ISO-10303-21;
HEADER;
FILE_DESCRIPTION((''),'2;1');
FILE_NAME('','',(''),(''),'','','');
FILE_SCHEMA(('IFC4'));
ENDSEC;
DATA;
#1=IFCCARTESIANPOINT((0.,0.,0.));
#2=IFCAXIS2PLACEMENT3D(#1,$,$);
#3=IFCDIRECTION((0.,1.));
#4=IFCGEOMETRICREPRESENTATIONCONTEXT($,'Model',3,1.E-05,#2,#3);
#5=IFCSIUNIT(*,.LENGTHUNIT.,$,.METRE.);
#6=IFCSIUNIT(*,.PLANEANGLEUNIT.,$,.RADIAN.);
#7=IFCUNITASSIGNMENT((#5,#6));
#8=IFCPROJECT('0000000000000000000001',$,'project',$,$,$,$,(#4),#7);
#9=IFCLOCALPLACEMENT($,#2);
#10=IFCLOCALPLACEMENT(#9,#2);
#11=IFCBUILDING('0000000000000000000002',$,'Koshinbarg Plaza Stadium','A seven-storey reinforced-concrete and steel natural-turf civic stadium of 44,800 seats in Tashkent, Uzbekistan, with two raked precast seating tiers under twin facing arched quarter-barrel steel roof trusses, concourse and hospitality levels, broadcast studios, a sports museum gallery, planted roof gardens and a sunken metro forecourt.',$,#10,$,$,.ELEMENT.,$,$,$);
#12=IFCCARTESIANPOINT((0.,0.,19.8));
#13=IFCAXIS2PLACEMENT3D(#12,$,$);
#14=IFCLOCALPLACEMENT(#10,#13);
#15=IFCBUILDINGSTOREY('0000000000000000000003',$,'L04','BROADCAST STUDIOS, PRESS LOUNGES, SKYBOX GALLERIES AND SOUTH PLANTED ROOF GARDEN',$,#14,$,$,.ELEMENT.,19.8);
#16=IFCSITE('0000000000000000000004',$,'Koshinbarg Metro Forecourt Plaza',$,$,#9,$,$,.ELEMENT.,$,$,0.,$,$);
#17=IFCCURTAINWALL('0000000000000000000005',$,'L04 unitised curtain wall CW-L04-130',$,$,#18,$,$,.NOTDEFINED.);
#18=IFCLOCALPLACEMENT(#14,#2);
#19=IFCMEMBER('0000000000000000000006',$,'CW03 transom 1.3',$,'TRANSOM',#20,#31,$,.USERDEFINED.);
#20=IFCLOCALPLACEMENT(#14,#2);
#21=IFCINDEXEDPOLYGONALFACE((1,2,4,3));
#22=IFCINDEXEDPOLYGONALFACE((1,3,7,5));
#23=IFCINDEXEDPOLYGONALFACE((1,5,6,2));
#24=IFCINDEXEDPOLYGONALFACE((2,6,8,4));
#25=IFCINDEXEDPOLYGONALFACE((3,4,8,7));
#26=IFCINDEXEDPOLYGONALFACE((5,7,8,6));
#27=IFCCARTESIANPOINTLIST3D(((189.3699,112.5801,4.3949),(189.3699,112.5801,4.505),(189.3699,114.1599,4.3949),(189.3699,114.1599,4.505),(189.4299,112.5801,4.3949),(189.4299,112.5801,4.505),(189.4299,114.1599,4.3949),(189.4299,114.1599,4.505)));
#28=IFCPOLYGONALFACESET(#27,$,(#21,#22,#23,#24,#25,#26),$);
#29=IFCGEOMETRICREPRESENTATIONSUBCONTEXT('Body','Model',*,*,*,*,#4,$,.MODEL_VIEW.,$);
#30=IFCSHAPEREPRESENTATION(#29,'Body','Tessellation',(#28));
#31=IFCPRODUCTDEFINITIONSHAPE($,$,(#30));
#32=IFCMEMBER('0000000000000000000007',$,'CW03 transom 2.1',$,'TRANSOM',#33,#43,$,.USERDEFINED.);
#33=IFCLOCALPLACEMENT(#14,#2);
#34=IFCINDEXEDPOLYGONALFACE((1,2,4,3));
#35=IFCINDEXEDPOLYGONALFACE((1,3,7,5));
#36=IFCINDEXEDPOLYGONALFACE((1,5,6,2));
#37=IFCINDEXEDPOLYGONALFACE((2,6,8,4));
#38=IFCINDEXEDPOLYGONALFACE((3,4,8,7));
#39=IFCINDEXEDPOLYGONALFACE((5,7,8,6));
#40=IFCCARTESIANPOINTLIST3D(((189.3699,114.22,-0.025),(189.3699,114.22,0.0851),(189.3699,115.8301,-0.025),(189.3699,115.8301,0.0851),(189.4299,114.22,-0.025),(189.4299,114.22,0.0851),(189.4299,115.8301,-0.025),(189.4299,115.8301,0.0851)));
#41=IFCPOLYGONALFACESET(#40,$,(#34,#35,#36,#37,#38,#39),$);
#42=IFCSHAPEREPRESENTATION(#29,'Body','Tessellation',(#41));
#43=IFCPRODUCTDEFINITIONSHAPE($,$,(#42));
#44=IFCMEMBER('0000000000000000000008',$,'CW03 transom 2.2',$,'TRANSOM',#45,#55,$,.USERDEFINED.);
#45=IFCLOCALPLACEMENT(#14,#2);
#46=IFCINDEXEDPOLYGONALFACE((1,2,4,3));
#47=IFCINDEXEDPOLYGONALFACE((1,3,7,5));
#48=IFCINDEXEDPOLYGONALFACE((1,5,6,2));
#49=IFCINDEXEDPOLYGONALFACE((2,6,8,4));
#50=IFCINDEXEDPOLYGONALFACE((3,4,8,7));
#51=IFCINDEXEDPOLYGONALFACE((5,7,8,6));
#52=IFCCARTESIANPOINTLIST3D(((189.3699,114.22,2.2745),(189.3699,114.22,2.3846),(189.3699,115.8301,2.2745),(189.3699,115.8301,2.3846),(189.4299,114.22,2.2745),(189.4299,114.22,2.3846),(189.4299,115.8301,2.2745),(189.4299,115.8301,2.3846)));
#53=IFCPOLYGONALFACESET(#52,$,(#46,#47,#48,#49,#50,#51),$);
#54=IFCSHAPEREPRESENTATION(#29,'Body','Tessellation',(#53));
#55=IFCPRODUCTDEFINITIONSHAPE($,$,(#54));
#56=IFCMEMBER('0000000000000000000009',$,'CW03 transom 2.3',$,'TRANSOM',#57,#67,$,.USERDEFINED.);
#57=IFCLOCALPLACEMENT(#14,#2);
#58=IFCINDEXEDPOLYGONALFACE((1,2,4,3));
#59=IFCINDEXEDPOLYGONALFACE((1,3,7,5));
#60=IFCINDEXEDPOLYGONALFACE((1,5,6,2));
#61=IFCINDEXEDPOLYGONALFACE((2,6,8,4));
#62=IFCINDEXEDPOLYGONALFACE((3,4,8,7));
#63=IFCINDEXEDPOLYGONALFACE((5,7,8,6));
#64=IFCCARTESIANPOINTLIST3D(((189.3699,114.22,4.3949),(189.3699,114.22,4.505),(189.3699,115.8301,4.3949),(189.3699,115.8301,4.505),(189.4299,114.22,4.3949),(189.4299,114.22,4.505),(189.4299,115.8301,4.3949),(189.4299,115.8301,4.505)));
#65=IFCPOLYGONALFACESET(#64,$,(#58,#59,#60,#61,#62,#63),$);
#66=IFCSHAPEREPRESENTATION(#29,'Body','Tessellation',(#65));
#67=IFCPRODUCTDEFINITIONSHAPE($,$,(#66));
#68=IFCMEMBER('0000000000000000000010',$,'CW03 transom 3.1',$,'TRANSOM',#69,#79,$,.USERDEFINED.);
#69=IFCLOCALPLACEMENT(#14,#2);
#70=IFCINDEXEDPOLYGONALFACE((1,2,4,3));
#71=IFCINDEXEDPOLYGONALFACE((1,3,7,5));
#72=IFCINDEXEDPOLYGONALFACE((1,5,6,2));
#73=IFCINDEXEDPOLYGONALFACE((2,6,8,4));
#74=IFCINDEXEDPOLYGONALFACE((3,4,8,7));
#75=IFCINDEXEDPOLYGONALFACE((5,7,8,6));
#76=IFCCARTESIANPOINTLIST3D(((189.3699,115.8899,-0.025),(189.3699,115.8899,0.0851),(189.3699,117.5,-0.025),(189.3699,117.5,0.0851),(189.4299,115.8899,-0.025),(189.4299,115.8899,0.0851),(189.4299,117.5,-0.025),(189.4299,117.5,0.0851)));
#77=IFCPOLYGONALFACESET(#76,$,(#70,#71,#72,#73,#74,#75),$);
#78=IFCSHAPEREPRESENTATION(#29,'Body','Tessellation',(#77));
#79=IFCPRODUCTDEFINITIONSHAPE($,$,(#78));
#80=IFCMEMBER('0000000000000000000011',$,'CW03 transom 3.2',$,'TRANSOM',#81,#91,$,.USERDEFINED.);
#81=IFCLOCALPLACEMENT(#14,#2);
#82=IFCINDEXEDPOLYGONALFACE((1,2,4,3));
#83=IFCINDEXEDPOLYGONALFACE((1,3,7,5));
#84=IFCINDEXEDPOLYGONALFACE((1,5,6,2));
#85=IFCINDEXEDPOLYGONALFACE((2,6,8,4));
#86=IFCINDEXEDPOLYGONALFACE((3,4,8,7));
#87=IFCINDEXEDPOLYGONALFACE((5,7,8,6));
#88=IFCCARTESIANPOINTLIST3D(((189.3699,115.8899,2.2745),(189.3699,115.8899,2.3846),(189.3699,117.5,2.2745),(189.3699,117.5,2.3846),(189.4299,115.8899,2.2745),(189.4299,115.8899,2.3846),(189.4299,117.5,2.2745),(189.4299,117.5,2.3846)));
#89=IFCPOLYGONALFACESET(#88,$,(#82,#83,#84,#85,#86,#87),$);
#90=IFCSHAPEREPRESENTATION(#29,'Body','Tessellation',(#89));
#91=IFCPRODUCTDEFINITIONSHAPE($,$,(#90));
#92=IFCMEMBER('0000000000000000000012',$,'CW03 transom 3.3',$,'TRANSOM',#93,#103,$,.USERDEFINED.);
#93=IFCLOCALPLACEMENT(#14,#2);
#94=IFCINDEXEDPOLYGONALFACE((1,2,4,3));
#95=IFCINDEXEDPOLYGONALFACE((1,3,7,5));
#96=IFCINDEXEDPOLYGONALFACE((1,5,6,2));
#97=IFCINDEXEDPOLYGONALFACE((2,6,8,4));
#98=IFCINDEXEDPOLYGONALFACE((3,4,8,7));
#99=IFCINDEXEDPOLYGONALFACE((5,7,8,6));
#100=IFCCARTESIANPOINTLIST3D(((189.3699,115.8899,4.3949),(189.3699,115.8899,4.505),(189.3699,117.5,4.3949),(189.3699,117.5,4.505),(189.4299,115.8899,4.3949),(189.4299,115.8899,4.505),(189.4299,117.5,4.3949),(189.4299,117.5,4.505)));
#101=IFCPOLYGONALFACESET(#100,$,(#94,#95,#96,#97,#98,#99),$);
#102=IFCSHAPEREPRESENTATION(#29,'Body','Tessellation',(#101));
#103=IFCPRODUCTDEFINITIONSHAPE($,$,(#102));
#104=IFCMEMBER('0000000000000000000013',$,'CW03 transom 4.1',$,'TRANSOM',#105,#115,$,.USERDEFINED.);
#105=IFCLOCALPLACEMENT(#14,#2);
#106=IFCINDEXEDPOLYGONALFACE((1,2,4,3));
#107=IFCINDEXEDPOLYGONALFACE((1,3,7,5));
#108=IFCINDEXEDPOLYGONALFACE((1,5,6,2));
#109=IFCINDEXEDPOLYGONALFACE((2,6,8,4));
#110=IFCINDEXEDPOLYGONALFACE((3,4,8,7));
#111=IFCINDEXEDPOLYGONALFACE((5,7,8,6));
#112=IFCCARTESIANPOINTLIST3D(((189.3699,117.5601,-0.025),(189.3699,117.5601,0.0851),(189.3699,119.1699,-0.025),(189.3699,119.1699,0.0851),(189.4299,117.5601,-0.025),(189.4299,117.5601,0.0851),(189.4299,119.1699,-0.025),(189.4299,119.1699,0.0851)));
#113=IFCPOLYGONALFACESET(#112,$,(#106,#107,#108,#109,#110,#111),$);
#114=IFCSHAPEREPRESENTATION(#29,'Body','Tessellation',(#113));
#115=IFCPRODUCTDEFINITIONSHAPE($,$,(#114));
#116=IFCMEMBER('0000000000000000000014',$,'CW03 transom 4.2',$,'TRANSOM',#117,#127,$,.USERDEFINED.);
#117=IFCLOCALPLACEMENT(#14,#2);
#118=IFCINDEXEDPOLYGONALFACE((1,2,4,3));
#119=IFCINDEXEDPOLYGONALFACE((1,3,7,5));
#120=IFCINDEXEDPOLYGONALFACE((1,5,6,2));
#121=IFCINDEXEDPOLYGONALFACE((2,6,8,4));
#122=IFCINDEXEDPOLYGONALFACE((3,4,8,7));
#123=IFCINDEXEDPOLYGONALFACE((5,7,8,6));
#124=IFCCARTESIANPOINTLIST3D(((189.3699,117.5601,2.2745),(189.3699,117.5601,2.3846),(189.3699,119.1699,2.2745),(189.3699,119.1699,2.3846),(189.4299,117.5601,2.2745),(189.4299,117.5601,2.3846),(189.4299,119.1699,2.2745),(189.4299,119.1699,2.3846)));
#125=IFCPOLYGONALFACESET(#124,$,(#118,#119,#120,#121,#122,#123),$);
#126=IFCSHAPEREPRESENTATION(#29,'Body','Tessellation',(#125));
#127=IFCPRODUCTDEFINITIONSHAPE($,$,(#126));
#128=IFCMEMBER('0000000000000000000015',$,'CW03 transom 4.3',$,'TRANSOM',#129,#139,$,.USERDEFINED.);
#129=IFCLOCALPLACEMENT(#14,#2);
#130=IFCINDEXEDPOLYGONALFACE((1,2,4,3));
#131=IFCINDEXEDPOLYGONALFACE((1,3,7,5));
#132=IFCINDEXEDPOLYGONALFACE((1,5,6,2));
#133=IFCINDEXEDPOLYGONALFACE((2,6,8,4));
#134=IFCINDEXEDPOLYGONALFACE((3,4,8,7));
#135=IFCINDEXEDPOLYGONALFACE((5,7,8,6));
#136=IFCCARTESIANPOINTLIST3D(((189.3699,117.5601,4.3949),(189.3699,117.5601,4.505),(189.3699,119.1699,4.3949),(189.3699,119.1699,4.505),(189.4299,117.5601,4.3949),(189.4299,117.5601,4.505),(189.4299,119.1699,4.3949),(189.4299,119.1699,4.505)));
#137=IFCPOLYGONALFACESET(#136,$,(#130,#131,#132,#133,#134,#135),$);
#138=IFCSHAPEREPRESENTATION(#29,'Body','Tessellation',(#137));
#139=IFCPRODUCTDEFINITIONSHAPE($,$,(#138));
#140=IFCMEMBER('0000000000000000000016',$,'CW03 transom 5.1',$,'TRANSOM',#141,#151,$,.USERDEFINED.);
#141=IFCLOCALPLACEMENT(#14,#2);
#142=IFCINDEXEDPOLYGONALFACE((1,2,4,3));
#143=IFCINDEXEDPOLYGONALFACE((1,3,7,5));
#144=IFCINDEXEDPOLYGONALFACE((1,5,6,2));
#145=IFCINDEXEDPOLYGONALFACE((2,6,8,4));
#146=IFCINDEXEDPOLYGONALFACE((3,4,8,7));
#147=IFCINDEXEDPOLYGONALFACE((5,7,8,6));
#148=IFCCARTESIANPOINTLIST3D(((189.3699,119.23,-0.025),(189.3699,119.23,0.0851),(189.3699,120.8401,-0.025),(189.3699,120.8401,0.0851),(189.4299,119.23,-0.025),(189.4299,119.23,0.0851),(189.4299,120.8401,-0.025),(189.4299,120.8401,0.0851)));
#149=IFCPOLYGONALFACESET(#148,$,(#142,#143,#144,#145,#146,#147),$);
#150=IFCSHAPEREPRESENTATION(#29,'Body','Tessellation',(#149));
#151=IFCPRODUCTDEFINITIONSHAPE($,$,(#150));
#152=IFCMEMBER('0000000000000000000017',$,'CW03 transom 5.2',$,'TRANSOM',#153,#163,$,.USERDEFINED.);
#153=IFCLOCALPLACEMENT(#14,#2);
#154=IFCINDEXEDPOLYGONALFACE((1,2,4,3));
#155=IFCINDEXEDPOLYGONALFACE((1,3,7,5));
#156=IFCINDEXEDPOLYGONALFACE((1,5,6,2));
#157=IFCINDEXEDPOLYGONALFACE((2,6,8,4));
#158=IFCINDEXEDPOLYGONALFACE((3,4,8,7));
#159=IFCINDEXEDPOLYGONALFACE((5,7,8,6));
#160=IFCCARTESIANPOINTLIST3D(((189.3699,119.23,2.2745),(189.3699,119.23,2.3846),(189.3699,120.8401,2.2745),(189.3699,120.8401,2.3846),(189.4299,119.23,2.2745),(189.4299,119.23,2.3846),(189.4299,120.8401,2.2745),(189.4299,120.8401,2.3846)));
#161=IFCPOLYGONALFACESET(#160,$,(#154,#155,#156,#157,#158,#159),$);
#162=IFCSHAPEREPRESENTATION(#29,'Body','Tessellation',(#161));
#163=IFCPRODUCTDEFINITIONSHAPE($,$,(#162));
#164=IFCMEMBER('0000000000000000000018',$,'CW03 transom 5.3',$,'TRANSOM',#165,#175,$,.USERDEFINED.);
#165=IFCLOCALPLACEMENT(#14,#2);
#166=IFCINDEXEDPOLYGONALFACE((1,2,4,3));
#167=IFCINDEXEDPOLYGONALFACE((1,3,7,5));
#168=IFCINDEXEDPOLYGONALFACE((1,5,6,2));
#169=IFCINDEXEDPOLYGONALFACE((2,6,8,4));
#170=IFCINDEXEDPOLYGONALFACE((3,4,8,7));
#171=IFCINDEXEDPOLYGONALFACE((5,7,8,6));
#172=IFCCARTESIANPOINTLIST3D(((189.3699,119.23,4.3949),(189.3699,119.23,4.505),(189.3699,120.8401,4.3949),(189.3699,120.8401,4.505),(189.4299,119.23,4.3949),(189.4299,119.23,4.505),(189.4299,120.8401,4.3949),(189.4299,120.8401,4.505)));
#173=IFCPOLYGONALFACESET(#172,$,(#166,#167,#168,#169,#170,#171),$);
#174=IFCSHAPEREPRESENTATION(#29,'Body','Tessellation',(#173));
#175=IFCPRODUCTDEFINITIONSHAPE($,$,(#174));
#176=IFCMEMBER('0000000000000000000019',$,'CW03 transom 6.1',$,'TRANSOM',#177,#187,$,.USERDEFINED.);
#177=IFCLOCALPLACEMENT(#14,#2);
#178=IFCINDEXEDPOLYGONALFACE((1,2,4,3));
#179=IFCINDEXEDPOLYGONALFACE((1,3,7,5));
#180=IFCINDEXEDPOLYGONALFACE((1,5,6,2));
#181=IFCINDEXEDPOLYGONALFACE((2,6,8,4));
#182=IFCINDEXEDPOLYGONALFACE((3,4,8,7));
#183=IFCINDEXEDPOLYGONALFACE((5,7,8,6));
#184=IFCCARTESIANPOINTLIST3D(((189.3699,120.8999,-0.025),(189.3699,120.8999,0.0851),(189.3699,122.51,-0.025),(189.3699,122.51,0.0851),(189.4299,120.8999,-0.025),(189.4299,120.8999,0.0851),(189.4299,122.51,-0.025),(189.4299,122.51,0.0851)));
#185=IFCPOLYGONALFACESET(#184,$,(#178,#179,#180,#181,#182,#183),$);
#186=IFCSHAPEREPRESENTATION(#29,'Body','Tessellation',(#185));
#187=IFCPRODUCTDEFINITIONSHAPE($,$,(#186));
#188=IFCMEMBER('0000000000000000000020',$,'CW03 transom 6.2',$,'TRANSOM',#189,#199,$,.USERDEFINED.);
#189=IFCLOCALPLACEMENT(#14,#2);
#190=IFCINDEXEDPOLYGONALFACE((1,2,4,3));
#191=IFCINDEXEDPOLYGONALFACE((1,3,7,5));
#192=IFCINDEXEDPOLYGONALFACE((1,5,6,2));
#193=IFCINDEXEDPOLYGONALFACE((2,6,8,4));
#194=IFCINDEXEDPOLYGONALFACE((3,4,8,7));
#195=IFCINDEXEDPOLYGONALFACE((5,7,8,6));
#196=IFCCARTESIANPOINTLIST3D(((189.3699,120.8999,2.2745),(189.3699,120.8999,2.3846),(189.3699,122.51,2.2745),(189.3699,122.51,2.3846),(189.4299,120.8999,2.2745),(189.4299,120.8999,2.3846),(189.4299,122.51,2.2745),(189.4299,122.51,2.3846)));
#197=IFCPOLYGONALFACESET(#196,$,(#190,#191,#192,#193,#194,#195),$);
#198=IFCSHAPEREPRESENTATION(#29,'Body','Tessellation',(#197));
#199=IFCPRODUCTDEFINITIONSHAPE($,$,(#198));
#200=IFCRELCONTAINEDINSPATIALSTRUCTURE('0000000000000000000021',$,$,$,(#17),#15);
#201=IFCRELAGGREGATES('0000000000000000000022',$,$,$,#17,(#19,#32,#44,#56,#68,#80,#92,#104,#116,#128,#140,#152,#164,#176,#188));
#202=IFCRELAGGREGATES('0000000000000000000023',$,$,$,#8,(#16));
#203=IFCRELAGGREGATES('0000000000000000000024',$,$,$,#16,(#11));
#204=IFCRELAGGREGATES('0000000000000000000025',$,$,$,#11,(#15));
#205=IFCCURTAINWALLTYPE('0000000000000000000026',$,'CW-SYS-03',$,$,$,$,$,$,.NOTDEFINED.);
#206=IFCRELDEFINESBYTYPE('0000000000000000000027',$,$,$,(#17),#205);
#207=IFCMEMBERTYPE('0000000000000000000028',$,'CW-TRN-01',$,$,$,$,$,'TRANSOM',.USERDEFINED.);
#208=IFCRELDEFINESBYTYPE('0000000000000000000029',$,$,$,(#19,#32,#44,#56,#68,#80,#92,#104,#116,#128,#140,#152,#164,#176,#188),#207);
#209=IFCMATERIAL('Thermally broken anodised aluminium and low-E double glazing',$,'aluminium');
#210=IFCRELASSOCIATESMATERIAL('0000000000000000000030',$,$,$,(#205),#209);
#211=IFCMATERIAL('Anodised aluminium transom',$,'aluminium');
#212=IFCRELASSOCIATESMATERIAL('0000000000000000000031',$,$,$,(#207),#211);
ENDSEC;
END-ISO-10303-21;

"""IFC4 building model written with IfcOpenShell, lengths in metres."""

from ifc_helpers import new_model, si_unit, direction, frame, origin, origin_2d, place, context, subcontext, project, spatial, rectangle, extrude, material, material_profile, profile_set, type_object, element, aggregate, save


model = new_model("IFC4")

# Units and contexts
model_context = context("Model", 3, precision=1e-05, world=origin(), true_north=direction((0.0, 1.0)))
body_context = subcontext(model_context, "Body", "Model", "MODEL_VIEW")
ifc_project = project(units=[si_unit("LENGTHUNIT", "METRE"), si_unit("PLANEANGLEUNIT", "RADIAN")], contexts=[model_context])

# Site, building, storey
site_placement = place(None, origin())
site = spatial("IfcSite", under=ifc_project, at=site_placement, Name="Koshinbarg Metro Forecourt Plaza", CompositionType="ELEMENT", RefElevation=0.0)
building_placement = place(site_placement, origin())
building = spatial("IfcBuilding", under=site, at=building_placement, Name="Koshinbarg Plaza Stadium", Description="A seven-storey reinforced-concrete and steel natural-turf civic stadium of 44,800 seats in Tashkent, Uzbekistan, with two raked precast seating tiers under twin facing arched quarter-barrel steel roof trusses, concourse and hospitality levels, broadcast studios, a sports museum gallery, planted roof gardens and a sunken metro forecourt.", CompositionType="ELEMENT")
storey_placement = place(building_placement, frame((0.0, 0.0, 19.8)))
storey = spatial("IfcBuildingStorey", under=building, at=storey_placement, Name="L04", Description="BROADCAST STUDIOS, PRESS LOUNGES, SKYBOX GALLERIES AND SOUTH PLANTED ROOF GARDEN", CompositionType="ELEMENT", Elevation=19.8)

# Curtain wall, members
ifc_material_1 = material(Name="Thermally broken anodised aluminium and low-E double glazing", Category="aluminium")
curtain_wall_type = type_object("IfcCurtainWallType", Name="CW-SYS-03", PredefinedType="NOTDEFINED", material=ifc_material_1)
curtain_wall_placement = place(storey_placement, origin())
curtain_wall = element("IfcCurtainWall", 1, at=curtain_wall_placement, inside=storey, type_object=curtain_wall_type, Name="L04 unitised curtain wall CW-L04-130", PredefinedType="NOTDEFINED")
ifc_material_2 = material(Name="Anodised aluminium transom", Category="aluminium")
ifc_material_profile_1 = material_profile(ifc_material_2, rectangle(XDim=0.0601, YDim=0.1101, at=origin_2d()), Name="ALU 60x110")
ifc_profile_set_1 = profile_set([ifc_material_profile_1], Name="Anodised aluminium transom")
member_type_1 = type_object("IfcMemberType", Name="CW-TRN-01", ElementType="TRANSOM", PredefinedType="USERDEFINED", material=ifc_profile_set_1)
member_1_placement = place(storey_placement, frame((189.3999, 112.5801, 4.45), z_axis=(0.0, 1.0, 0.0), x_axis=(-1.0, 0.0, 0.0)))
member_1 = element("IfcMember", 2, at=member_1_placement, type_object=member_type_1, Name="CW03 transom 1.3", ObjectType="TRANSOM", PredefinedType="USERDEFINED", context=body_context, shape_type="SweptSolid", body=[
    extrude(rectangle(XDim=0.0601, YDim=0.1101, at=origin_2d()), origin(), (0.0, 0.0, 1.0), 1.5798),
])
member_2_placement = place(storey_placement, frame((189.3999, 114.22, 0.03), z_axis=(0.0, 1.0, 0.0), x_axis=(-1.0, 0.0, 0.0)))
member_2 = element("IfcMember", 3, at=member_2_placement, type_object=member_type_1, Name="CW03 transom 2.1", ObjectType="TRANSOM", PredefinedType="USERDEFINED", context=body_context, shape_type="SweptSolid", body=[
    extrude(rectangle(XDim=0.0601, YDim=0.1101, at=origin_2d()), origin(), (0.0, 0.0, 1.0), 1.6101),
])
member_3_placement = place(storey_placement, frame((189.3999, 114.22, 2.3296), z_axis=(0.0, 1.0, 0.0), x_axis=(-1.0, 0.0, 0.0)))
member_3 = element("IfcMember", 4, at=member_3_placement, type_object=member_type_1, Name="CW03 transom 2.2", ObjectType="TRANSOM", PredefinedType="USERDEFINED", context=body_context, shape_type="SweptSolid", body=[
    extrude(rectangle(XDim=0.0601, YDim=0.1101, at=origin_2d()), origin(), (0.0, 0.0, 1.0), 1.6101),
])
member_4_placement = place(storey_placement, frame((189.3999, 114.22, 4.45), z_axis=(0.0, 1.0, 0.0), x_axis=(-1.0, 0.0, 0.0)))
member_4 = element("IfcMember", 5, at=member_4_placement, type_object=member_type_1, Name="CW03 transom 2.3", ObjectType="TRANSOM", PredefinedType="USERDEFINED", context=body_context, shape_type="SweptSolid", body=[
    extrude(rectangle(XDim=0.0601, YDim=0.1101, at=origin_2d()), origin(), (0.0, 0.0, 1.0), 1.6101),
])
member_5_placement = place(storey_placement, frame((189.3999, 115.8899, 0.03), z_axis=(0.0, 1.0, 0.0), x_axis=(-1.0, 0.0, 0.0)))
member_5 = element("IfcMember", 6, at=member_5_placement, type_object=member_type_1, Name="CW03 transom 3.1", ObjectType="TRANSOM", PredefinedType="USERDEFINED", context=body_context, shape_type="SweptSolid", body=[
    extrude(rectangle(XDim=0.0601, YDim=0.1101, at=origin_2d()), origin(), (0.0, 0.0, 1.0), 1.6101),
])
member_6_placement = place(storey_placement, frame((189.3999, 115.8899, 2.3296), z_axis=(0.0, 1.0, 0.0), x_axis=(-1.0, 0.0, 0.0)))
member_6 = element("IfcMember", 7, at=member_6_placement, type_object=member_type_1, Name="CW03 transom 3.2", ObjectType="TRANSOM", PredefinedType="USERDEFINED", context=body_context, shape_type="SweptSolid", body=[
    extrude(rectangle(XDim=0.0601, YDim=0.1101, at=origin_2d()), origin(), (0.0, 0.0, 1.0), 1.6101),
])
member_7_placement = place(storey_placement, frame((189.3999, 115.8899, 4.45), z_axis=(0.0, 1.0, 0.0), x_axis=(-1.0, 0.0, 0.0)))
member_7 = element("IfcMember", 8, at=member_7_placement, type_object=member_type_1, Name="CW03 transom 3.3", ObjectType="TRANSOM", PredefinedType="USERDEFINED", context=body_context, shape_type="SweptSolid", body=[
    extrude(rectangle(XDim=0.0601, YDim=0.1101, at=origin_2d()), origin(), (0.0, 0.0, 1.0), 1.6101),
])
member_8_placement = place(storey_placement, frame((189.3999, 117.5601, 0.03), z_axis=(0.0, 1.0, 0.0), x_axis=(-1.0, 0.0, 0.0)))
member_8 = element("IfcMember", 9, at=member_8_placement, type_object=member_type_1, Name="CW03 transom 4.1", ObjectType="TRANSOM", PredefinedType="USERDEFINED", context=body_context, shape_type="SweptSolid", body=[
    extrude(rectangle(XDim=0.0601, YDim=0.1101, at=origin_2d()), origin(), (0.0, 0.0, 1.0), 1.6099),
])
member_9_placement = place(storey_placement, frame((189.3999, 117.5601, 2.3296), z_axis=(0.0, 1.0, 0.0), x_axis=(-1.0, 0.0, 0.0)))
member_9 = element("IfcMember", 10, at=member_9_placement, type_object=member_type_1, Name="CW03 transom 4.2", ObjectType="TRANSOM", PredefinedType="USERDEFINED", context=body_context, shape_type="SweptSolid", body=[
    extrude(rectangle(XDim=0.0601, YDim=0.1101, at=origin_2d()), origin(), (0.0, 0.0, 1.0), 1.6099),
])
member_10_placement = place(storey_placement, frame((189.3999, 117.5601, 4.45), z_axis=(0.0, 1.0, 0.0), x_axis=(-1.0, 0.0, 0.0)))
member_10 = element("IfcMember", 11, at=member_10_placement, type_object=member_type_1, Name="CW03 transom 4.3", ObjectType="TRANSOM", PredefinedType="USERDEFINED", context=body_context, shape_type="SweptSolid", body=[
    extrude(rectangle(XDim=0.0601, YDim=0.1101, at=origin_2d()), origin(), (0.0, 0.0, 1.0), 1.6099),
])
member_11_placement = place(storey_placement, frame((189.3999, 119.23, 0.03), z_axis=(0.0, 1.0, 0.0), x_axis=(-1.0, 0.0, 0.0)))
member_11 = element("IfcMember", 12, at=member_11_placement, type_object=member_type_1, Name="CW03 transom 5.1", ObjectType="TRANSOM", PredefinedType="USERDEFINED", context=body_context, shape_type="SweptSolid", body=[
    extrude(rectangle(XDim=0.0601, YDim=0.1101, at=origin_2d()), origin(), (0.0, 0.0, 1.0), 1.6101),
])
member_12_placement = place(storey_placement, frame((189.3999, 119.23, 2.3296), z_axis=(0.0, 1.0, 0.0), x_axis=(-1.0, 0.0, 0.0)))
member_12 = element("IfcMember", 13, at=member_12_placement, type_object=member_type_1, Name="CW03 transom 5.2", ObjectType="TRANSOM", PredefinedType="USERDEFINED", context=body_context, shape_type="SweptSolid", body=[
    extrude(rectangle(XDim=0.0601, YDim=0.1101, at=origin_2d()), origin(), (0.0, 0.0, 1.0), 1.6101),
])
member_13_placement = place(storey_placement, frame((189.3999, 119.23, 4.45), z_axis=(0.0, 1.0, 0.0), x_axis=(-1.0, 0.0, 0.0)))
member_13 = element("IfcMember", 14, at=member_13_placement, type_object=member_type_1, Name="CW03 transom 5.3", ObjectType="TRANSOM", PredefinedType="USERDEFINED", context=body_context, shape_type="SweptSolid", body=[
    extrude(rectangle(XDim=0.0601, YDim=0.1101, at=origin_2d()), origin(), (0.0, 0.0, 1.0), 1.6101),
])
member_14_placement = place(storey_placement, frame((189.3999, 120.8999, 0.03), z_axis=(0.0, 1.0, 0.0), x_axis=(-1.0, 0.0, 0.0)))
member_14 = element("IfcMember", 15, at=member_14_placement, type_object=member_type_1, Name="CW03 transom 6.1", ObjectType="TRANSOM", PredefinedType="USERDEFINED", context=body_context, shape_type="SweptSolid", body=[
    extrude(rectangle(XDim=0.0601, YDim=0.1101, at=origin_2d()), origin(), (0.0, 0.0, 1.0), 1.6101),
])
member_15_placement = place(storey_placement, frame((189.3999, 120.8999, 2.3296), z_axis=(0.0, 1.0, 0.0), x_axis=(-1.0, 0.0, 0.0)))
member_15 = element("IfcMember", 16, at=member_15_placement, type_object=member_type_1, Name="CW03 transom 6.2", ObjectType="TRANSOM", PredefinedType="USERDEFINED", context=body_context, shape_type="SweptSolid", body=[
    extrude(rectangle(XDim=0.0601, YDim=0.1101, at=origin_2d()), origin(), (0.0, 0.0, 1.0), 1.6101),
])
aggregate(curtain_wall, [member_1, member_2, member_3, member_4, member_5, member_6, member_7, member_8, member_9, member_10, member_11, member_12, member_13, member_14, member_15])

save(model, "model.ifc")
